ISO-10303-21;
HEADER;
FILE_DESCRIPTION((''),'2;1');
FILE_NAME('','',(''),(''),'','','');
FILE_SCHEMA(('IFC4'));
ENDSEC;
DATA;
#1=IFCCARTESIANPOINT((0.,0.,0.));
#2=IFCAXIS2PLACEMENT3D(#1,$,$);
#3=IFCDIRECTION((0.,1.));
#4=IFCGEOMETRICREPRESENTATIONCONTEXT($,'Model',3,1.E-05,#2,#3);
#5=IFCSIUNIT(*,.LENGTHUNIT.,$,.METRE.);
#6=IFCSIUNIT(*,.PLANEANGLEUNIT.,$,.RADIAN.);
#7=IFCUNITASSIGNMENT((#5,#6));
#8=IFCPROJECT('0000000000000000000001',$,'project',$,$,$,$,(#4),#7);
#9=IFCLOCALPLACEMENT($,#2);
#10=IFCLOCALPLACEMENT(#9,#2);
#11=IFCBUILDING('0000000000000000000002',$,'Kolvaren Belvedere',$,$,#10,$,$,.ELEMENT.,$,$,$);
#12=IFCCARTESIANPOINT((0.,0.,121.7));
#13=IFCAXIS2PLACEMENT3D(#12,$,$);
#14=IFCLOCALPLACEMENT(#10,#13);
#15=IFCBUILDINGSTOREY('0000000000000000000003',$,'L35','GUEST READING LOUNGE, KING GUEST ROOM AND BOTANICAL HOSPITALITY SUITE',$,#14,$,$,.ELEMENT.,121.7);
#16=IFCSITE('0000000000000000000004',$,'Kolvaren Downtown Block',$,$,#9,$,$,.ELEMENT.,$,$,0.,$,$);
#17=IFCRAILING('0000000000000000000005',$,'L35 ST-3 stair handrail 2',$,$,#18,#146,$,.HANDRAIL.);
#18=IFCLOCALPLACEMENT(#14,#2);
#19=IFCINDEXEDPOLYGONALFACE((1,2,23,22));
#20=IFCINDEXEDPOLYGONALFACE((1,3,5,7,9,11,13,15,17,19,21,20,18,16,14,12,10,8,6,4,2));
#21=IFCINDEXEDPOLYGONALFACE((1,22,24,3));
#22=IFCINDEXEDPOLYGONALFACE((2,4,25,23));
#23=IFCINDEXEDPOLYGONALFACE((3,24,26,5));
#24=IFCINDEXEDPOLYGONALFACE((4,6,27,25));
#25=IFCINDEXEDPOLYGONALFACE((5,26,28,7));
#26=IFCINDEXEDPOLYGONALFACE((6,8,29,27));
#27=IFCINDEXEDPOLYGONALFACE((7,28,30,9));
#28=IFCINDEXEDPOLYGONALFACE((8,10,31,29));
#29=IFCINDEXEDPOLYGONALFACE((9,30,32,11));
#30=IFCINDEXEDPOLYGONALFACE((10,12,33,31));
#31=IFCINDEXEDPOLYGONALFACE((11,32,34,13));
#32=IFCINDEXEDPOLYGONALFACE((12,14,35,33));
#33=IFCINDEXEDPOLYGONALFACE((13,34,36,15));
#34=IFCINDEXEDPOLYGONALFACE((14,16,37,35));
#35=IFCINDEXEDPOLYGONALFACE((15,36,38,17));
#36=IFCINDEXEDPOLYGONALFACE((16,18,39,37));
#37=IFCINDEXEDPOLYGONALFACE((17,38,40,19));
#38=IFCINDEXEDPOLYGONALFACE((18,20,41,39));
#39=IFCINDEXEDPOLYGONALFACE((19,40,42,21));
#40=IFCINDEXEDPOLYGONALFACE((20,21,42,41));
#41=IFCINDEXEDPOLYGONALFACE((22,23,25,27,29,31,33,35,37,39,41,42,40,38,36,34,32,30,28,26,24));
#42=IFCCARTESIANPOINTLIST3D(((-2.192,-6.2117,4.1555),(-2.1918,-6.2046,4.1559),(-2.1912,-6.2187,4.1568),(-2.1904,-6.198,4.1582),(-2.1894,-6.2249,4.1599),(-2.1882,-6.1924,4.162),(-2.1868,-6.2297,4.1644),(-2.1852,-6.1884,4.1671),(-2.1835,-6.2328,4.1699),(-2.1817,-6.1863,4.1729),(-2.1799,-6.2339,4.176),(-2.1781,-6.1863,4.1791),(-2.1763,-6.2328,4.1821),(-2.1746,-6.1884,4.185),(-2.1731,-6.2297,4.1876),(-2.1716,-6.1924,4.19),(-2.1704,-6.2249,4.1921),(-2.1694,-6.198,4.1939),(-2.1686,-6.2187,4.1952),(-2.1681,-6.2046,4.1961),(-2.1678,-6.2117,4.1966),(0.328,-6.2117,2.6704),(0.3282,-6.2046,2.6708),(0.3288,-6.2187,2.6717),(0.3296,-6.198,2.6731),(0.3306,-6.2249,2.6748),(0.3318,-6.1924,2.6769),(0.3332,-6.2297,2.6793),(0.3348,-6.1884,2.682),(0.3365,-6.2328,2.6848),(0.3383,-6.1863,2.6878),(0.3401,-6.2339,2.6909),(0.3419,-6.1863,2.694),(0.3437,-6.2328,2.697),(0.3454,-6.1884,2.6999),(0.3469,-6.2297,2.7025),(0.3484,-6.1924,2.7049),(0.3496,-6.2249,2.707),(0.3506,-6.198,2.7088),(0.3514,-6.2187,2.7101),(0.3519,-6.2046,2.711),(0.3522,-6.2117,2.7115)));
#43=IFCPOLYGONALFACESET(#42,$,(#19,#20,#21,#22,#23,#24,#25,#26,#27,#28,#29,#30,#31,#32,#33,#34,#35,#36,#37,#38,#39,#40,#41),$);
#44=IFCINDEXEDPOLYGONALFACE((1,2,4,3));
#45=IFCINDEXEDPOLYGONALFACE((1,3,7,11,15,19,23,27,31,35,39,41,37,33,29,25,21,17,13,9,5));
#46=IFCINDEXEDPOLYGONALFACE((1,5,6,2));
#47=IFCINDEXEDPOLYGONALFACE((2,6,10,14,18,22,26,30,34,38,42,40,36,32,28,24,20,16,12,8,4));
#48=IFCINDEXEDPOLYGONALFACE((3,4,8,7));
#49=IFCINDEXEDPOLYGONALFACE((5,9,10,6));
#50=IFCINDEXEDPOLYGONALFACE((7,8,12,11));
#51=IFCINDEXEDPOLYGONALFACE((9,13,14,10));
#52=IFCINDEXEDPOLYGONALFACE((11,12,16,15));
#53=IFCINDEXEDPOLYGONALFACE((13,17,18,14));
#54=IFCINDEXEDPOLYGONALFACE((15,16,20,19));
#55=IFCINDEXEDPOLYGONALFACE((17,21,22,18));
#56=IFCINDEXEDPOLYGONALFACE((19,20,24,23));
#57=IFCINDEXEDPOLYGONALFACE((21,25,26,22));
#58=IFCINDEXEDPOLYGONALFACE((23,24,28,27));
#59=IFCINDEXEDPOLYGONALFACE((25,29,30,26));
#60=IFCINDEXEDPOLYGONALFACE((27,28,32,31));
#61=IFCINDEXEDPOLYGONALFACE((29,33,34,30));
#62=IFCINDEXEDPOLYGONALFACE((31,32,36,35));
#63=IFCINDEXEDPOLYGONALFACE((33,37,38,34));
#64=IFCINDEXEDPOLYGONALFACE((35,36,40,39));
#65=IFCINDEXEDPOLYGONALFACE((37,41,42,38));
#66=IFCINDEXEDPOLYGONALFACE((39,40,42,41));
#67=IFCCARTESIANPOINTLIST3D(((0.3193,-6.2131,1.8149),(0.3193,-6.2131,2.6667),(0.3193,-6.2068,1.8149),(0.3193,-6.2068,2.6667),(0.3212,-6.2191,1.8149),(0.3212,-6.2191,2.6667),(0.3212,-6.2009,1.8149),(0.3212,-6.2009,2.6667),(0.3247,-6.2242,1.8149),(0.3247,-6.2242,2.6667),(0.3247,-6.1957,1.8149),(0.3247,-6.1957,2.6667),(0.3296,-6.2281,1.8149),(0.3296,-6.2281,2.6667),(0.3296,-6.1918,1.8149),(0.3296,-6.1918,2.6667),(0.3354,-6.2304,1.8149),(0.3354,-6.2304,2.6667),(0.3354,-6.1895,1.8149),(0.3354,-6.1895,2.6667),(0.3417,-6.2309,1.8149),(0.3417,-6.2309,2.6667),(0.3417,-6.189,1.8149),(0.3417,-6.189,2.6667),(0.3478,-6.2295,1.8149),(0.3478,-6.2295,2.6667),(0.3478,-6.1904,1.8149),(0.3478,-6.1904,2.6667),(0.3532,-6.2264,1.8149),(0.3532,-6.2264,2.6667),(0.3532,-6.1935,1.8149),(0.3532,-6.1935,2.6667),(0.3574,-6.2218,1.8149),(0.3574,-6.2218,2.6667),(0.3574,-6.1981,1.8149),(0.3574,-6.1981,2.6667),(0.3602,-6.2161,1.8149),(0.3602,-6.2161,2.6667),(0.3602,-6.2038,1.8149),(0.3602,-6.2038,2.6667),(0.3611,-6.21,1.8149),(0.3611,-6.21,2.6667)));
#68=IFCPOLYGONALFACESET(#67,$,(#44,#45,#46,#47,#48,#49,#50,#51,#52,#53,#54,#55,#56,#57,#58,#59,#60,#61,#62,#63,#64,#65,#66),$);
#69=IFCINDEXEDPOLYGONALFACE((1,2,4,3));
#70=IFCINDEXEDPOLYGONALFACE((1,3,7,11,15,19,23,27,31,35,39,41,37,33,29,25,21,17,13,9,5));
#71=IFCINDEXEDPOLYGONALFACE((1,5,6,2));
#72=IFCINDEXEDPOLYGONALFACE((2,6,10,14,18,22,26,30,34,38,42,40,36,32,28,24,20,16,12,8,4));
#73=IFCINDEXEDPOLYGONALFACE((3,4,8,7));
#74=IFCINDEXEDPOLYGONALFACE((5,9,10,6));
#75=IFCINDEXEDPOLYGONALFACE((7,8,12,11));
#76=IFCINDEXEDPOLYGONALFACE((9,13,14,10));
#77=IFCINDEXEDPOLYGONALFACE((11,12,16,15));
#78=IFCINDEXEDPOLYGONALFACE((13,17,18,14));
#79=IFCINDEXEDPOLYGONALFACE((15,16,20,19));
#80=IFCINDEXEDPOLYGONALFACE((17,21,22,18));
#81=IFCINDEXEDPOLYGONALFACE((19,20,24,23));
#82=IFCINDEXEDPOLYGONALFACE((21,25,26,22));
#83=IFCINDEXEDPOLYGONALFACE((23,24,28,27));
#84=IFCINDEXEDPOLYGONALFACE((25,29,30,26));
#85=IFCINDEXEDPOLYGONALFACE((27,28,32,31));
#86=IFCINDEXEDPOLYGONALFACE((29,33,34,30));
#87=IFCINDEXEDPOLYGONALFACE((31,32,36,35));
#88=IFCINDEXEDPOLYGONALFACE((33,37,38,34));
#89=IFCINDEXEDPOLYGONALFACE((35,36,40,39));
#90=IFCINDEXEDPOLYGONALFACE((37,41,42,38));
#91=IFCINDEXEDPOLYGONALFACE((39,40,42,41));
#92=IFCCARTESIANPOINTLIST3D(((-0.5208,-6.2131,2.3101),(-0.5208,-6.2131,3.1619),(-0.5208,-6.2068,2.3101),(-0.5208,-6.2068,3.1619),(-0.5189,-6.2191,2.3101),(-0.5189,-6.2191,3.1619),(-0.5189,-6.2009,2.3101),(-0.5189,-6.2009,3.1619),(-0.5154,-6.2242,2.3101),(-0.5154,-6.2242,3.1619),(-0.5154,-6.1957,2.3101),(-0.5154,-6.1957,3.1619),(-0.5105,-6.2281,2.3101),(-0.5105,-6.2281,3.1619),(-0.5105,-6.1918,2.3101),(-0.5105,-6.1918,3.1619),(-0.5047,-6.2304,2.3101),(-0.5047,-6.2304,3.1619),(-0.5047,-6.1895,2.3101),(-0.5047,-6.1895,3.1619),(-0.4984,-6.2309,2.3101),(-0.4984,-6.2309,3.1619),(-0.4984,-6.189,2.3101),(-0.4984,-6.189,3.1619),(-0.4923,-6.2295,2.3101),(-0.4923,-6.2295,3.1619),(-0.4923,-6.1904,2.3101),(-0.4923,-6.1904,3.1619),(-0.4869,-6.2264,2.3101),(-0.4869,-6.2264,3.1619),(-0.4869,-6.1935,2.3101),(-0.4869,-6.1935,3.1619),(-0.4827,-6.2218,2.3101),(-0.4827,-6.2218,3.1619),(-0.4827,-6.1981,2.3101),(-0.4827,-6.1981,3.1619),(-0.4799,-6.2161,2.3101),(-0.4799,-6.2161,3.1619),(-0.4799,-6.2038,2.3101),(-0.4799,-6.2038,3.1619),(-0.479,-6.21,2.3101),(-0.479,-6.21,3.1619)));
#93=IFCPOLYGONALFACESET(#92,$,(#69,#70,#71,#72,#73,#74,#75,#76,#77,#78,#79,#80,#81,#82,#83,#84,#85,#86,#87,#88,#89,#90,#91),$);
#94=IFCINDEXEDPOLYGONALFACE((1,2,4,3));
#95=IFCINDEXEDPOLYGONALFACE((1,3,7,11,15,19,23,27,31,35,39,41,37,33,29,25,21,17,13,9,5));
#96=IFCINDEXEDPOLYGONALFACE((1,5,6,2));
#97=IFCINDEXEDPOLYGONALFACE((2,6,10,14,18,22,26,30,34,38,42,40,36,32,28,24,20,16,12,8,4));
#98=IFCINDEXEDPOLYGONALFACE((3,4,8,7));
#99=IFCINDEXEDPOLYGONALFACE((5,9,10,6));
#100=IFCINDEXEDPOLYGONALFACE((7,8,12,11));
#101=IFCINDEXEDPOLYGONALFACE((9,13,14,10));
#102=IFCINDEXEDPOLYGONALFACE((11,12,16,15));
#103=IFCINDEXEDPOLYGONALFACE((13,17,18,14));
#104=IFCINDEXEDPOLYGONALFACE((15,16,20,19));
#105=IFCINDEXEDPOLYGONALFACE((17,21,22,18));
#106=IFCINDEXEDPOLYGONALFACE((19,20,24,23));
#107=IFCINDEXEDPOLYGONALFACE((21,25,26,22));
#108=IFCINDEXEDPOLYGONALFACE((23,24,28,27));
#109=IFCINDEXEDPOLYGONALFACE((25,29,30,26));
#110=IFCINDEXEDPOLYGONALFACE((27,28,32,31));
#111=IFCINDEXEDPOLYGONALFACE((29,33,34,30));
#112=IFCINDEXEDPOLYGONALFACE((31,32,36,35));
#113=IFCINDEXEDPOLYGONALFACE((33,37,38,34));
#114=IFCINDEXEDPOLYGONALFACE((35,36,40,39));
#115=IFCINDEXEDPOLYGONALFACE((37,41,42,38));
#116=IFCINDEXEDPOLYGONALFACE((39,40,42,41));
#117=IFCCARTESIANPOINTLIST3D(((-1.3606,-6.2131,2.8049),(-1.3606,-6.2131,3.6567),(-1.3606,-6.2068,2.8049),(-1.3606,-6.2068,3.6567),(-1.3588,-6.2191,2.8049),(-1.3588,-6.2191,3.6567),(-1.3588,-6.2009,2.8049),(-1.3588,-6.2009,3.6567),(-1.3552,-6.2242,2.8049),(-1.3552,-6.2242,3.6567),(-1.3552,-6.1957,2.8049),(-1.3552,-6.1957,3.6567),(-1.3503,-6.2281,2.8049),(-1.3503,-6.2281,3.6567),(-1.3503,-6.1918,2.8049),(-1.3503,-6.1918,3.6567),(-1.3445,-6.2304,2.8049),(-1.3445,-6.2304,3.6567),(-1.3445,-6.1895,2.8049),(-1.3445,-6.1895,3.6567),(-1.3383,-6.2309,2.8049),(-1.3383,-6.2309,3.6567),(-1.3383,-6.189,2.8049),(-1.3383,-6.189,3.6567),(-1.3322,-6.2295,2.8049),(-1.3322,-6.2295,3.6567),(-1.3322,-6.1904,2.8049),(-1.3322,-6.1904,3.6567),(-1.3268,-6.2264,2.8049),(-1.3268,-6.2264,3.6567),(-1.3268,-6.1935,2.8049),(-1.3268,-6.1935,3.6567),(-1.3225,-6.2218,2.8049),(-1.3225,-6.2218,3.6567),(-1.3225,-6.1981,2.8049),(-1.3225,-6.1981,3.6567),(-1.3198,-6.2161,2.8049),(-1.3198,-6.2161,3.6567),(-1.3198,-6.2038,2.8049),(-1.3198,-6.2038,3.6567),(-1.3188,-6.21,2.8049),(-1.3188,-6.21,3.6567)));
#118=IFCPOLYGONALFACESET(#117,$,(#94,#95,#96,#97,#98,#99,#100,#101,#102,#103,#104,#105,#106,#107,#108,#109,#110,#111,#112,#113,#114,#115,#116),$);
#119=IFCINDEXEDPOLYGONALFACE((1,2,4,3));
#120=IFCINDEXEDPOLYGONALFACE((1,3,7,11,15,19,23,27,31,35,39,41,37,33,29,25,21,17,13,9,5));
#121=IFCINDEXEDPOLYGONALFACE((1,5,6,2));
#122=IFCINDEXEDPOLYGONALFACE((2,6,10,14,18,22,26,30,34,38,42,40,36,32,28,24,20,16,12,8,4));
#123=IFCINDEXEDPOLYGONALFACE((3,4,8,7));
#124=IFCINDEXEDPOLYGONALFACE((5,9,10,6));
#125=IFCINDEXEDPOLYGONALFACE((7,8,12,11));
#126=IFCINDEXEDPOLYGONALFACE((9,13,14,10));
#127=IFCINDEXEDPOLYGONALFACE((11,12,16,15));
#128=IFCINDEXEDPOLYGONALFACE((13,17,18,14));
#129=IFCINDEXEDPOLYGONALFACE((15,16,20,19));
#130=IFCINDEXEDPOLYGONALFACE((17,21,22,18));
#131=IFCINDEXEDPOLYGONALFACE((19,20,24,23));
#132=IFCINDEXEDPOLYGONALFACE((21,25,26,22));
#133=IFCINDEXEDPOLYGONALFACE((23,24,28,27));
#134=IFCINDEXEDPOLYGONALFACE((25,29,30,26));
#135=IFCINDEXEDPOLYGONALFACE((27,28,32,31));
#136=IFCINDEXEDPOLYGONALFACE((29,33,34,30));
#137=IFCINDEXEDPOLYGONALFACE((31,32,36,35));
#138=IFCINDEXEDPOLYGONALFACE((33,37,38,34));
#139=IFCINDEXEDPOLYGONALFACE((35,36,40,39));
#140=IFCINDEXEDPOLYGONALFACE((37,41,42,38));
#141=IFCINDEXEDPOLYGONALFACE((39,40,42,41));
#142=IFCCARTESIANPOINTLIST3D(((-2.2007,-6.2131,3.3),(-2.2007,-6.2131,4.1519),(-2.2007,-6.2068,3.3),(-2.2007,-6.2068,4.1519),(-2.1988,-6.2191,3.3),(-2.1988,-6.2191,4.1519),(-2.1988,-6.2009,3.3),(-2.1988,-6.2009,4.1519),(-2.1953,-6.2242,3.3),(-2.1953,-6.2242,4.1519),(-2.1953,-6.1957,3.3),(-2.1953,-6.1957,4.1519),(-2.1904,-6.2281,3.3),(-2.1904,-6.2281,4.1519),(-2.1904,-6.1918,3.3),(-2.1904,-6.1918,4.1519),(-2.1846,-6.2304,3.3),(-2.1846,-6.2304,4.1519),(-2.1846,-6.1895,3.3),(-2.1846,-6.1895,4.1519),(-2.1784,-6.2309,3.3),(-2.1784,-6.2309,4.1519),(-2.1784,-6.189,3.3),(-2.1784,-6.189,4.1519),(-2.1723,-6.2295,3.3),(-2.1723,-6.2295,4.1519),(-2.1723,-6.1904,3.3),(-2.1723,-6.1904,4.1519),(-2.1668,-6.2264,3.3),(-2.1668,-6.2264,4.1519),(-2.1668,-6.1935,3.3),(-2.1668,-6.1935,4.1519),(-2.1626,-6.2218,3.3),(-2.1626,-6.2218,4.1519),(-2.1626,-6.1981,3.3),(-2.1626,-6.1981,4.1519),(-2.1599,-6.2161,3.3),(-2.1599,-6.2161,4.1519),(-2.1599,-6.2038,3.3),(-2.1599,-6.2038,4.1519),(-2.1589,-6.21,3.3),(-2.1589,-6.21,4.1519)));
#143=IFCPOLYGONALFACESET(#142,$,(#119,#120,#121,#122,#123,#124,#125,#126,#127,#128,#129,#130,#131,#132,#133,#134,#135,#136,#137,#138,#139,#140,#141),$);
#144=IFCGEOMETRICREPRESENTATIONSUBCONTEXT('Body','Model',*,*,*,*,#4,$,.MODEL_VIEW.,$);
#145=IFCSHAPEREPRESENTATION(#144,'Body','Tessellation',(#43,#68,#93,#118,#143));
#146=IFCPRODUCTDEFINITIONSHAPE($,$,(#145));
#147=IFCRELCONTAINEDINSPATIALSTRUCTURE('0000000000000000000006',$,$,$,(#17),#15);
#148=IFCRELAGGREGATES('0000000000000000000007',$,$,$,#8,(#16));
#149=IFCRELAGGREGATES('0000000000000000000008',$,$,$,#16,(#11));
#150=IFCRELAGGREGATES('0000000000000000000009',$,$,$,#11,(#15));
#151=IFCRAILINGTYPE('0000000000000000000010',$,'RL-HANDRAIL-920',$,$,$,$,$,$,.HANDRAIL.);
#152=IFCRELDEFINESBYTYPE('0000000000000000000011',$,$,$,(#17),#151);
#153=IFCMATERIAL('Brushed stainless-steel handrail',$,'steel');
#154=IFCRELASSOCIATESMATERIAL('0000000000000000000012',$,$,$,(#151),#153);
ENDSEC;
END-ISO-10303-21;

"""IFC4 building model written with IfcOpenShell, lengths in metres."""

from ifc_helpers import new_model, si_unit, direction, frame, origin, origin_2d, place, context, subcontext, project, spatial, circle, extrude, material, type_object, element, save


model = new_model("IFC4")

# Units and contexts
model_context = context("Model", 3, precision=1e-05, world=origin(), true_north=direction((0.0, 1.0)))
body_context = subcontext(model_context, "Body", "Model", "MODEL_VIEW")
ifc_project = project(units=[si_unit("LENGTHUNIT", "METRE"), si_unit("PLANEANGLEUNIT", "RADIAN")], contexts=[model_context])

# Site, building, storey
site_placement = place(None, origin())
site = spatial("IfcSite", under=ifc_project, at=site_placement, Name="Kolvaren Downtown Block", CompositionType="ELEMENT", RefElevation=0.0)
building_placement = place(site_placement, origin())
building = spatial("IfcBuilding", under=site, at=building_placement, Name="Kolvaren Belvedere", CompositionType="ELEMENT")
storey_placement = place(building_placement, frame((0.0, 0.0, 121.7)))
storey = spatial("IfcBuildingStorey", under=building, at=storey_placement, Name="L35", Description="GUEST READING LOUNGE, KING GUEST ROOM AND BOTANICAL HOSPITALITY SUITE", CompositionType="ELEMENT", Elevation=121.7)

# Railing
ifc_material_1 = material(Name="Brushed stainless-steel handrail", Category="steel")
railing_type_1 = type_object("IfcRailingType", Name="RL-HANDRAIL-920", PredefinedType="HANDRAIL", material=ifc_material_1)
railing_1_placement = place(storey_placement, frame((0.3401, -6.21, 1.8149)))
element("IfcRailing", 1, at=railing_1_placement, inside=storey, type_object=railing_type_1, Name="L35 ST-3 stair handrail 2", PredefinedType="HANDRAIL", context=body_context, shape_type="SweptSolid", body=[
    extrude(circle(Radius=0.0239, at=origin_2d()), frame((0.0, 0.0, 0.876), z_axis=(-0.861524, 0.0, 0.507717), x_axis=(0.0, -1.0, 0.0)), (0.0, 0.0, 1.0), 2.925),
    extrude(circle(Radius=0.021, at=origin_2d()), origin(), (0.0, 0.0, 1.0), 0.8518),
    extrude(circle(Radius=0.021, at=origin_2d()), frame((-0.8401, 0.0, 0.4951)), (0.0, 0.0, 1.0), 0.8518),
    extrude(circle(Radius=0.021, at=origin_2d()), frame((-1.6799, 0.0, 0.99)), (0.0, 0.0, 1.0), 0.8518),
    extrude(circle(Radius=0.021, at=origin_2d()), frame((-2.52, 0.0, 1.4851)), (0.0, 0.0, 1.0), 0.8518),
])

save(model, "model.ifc")
